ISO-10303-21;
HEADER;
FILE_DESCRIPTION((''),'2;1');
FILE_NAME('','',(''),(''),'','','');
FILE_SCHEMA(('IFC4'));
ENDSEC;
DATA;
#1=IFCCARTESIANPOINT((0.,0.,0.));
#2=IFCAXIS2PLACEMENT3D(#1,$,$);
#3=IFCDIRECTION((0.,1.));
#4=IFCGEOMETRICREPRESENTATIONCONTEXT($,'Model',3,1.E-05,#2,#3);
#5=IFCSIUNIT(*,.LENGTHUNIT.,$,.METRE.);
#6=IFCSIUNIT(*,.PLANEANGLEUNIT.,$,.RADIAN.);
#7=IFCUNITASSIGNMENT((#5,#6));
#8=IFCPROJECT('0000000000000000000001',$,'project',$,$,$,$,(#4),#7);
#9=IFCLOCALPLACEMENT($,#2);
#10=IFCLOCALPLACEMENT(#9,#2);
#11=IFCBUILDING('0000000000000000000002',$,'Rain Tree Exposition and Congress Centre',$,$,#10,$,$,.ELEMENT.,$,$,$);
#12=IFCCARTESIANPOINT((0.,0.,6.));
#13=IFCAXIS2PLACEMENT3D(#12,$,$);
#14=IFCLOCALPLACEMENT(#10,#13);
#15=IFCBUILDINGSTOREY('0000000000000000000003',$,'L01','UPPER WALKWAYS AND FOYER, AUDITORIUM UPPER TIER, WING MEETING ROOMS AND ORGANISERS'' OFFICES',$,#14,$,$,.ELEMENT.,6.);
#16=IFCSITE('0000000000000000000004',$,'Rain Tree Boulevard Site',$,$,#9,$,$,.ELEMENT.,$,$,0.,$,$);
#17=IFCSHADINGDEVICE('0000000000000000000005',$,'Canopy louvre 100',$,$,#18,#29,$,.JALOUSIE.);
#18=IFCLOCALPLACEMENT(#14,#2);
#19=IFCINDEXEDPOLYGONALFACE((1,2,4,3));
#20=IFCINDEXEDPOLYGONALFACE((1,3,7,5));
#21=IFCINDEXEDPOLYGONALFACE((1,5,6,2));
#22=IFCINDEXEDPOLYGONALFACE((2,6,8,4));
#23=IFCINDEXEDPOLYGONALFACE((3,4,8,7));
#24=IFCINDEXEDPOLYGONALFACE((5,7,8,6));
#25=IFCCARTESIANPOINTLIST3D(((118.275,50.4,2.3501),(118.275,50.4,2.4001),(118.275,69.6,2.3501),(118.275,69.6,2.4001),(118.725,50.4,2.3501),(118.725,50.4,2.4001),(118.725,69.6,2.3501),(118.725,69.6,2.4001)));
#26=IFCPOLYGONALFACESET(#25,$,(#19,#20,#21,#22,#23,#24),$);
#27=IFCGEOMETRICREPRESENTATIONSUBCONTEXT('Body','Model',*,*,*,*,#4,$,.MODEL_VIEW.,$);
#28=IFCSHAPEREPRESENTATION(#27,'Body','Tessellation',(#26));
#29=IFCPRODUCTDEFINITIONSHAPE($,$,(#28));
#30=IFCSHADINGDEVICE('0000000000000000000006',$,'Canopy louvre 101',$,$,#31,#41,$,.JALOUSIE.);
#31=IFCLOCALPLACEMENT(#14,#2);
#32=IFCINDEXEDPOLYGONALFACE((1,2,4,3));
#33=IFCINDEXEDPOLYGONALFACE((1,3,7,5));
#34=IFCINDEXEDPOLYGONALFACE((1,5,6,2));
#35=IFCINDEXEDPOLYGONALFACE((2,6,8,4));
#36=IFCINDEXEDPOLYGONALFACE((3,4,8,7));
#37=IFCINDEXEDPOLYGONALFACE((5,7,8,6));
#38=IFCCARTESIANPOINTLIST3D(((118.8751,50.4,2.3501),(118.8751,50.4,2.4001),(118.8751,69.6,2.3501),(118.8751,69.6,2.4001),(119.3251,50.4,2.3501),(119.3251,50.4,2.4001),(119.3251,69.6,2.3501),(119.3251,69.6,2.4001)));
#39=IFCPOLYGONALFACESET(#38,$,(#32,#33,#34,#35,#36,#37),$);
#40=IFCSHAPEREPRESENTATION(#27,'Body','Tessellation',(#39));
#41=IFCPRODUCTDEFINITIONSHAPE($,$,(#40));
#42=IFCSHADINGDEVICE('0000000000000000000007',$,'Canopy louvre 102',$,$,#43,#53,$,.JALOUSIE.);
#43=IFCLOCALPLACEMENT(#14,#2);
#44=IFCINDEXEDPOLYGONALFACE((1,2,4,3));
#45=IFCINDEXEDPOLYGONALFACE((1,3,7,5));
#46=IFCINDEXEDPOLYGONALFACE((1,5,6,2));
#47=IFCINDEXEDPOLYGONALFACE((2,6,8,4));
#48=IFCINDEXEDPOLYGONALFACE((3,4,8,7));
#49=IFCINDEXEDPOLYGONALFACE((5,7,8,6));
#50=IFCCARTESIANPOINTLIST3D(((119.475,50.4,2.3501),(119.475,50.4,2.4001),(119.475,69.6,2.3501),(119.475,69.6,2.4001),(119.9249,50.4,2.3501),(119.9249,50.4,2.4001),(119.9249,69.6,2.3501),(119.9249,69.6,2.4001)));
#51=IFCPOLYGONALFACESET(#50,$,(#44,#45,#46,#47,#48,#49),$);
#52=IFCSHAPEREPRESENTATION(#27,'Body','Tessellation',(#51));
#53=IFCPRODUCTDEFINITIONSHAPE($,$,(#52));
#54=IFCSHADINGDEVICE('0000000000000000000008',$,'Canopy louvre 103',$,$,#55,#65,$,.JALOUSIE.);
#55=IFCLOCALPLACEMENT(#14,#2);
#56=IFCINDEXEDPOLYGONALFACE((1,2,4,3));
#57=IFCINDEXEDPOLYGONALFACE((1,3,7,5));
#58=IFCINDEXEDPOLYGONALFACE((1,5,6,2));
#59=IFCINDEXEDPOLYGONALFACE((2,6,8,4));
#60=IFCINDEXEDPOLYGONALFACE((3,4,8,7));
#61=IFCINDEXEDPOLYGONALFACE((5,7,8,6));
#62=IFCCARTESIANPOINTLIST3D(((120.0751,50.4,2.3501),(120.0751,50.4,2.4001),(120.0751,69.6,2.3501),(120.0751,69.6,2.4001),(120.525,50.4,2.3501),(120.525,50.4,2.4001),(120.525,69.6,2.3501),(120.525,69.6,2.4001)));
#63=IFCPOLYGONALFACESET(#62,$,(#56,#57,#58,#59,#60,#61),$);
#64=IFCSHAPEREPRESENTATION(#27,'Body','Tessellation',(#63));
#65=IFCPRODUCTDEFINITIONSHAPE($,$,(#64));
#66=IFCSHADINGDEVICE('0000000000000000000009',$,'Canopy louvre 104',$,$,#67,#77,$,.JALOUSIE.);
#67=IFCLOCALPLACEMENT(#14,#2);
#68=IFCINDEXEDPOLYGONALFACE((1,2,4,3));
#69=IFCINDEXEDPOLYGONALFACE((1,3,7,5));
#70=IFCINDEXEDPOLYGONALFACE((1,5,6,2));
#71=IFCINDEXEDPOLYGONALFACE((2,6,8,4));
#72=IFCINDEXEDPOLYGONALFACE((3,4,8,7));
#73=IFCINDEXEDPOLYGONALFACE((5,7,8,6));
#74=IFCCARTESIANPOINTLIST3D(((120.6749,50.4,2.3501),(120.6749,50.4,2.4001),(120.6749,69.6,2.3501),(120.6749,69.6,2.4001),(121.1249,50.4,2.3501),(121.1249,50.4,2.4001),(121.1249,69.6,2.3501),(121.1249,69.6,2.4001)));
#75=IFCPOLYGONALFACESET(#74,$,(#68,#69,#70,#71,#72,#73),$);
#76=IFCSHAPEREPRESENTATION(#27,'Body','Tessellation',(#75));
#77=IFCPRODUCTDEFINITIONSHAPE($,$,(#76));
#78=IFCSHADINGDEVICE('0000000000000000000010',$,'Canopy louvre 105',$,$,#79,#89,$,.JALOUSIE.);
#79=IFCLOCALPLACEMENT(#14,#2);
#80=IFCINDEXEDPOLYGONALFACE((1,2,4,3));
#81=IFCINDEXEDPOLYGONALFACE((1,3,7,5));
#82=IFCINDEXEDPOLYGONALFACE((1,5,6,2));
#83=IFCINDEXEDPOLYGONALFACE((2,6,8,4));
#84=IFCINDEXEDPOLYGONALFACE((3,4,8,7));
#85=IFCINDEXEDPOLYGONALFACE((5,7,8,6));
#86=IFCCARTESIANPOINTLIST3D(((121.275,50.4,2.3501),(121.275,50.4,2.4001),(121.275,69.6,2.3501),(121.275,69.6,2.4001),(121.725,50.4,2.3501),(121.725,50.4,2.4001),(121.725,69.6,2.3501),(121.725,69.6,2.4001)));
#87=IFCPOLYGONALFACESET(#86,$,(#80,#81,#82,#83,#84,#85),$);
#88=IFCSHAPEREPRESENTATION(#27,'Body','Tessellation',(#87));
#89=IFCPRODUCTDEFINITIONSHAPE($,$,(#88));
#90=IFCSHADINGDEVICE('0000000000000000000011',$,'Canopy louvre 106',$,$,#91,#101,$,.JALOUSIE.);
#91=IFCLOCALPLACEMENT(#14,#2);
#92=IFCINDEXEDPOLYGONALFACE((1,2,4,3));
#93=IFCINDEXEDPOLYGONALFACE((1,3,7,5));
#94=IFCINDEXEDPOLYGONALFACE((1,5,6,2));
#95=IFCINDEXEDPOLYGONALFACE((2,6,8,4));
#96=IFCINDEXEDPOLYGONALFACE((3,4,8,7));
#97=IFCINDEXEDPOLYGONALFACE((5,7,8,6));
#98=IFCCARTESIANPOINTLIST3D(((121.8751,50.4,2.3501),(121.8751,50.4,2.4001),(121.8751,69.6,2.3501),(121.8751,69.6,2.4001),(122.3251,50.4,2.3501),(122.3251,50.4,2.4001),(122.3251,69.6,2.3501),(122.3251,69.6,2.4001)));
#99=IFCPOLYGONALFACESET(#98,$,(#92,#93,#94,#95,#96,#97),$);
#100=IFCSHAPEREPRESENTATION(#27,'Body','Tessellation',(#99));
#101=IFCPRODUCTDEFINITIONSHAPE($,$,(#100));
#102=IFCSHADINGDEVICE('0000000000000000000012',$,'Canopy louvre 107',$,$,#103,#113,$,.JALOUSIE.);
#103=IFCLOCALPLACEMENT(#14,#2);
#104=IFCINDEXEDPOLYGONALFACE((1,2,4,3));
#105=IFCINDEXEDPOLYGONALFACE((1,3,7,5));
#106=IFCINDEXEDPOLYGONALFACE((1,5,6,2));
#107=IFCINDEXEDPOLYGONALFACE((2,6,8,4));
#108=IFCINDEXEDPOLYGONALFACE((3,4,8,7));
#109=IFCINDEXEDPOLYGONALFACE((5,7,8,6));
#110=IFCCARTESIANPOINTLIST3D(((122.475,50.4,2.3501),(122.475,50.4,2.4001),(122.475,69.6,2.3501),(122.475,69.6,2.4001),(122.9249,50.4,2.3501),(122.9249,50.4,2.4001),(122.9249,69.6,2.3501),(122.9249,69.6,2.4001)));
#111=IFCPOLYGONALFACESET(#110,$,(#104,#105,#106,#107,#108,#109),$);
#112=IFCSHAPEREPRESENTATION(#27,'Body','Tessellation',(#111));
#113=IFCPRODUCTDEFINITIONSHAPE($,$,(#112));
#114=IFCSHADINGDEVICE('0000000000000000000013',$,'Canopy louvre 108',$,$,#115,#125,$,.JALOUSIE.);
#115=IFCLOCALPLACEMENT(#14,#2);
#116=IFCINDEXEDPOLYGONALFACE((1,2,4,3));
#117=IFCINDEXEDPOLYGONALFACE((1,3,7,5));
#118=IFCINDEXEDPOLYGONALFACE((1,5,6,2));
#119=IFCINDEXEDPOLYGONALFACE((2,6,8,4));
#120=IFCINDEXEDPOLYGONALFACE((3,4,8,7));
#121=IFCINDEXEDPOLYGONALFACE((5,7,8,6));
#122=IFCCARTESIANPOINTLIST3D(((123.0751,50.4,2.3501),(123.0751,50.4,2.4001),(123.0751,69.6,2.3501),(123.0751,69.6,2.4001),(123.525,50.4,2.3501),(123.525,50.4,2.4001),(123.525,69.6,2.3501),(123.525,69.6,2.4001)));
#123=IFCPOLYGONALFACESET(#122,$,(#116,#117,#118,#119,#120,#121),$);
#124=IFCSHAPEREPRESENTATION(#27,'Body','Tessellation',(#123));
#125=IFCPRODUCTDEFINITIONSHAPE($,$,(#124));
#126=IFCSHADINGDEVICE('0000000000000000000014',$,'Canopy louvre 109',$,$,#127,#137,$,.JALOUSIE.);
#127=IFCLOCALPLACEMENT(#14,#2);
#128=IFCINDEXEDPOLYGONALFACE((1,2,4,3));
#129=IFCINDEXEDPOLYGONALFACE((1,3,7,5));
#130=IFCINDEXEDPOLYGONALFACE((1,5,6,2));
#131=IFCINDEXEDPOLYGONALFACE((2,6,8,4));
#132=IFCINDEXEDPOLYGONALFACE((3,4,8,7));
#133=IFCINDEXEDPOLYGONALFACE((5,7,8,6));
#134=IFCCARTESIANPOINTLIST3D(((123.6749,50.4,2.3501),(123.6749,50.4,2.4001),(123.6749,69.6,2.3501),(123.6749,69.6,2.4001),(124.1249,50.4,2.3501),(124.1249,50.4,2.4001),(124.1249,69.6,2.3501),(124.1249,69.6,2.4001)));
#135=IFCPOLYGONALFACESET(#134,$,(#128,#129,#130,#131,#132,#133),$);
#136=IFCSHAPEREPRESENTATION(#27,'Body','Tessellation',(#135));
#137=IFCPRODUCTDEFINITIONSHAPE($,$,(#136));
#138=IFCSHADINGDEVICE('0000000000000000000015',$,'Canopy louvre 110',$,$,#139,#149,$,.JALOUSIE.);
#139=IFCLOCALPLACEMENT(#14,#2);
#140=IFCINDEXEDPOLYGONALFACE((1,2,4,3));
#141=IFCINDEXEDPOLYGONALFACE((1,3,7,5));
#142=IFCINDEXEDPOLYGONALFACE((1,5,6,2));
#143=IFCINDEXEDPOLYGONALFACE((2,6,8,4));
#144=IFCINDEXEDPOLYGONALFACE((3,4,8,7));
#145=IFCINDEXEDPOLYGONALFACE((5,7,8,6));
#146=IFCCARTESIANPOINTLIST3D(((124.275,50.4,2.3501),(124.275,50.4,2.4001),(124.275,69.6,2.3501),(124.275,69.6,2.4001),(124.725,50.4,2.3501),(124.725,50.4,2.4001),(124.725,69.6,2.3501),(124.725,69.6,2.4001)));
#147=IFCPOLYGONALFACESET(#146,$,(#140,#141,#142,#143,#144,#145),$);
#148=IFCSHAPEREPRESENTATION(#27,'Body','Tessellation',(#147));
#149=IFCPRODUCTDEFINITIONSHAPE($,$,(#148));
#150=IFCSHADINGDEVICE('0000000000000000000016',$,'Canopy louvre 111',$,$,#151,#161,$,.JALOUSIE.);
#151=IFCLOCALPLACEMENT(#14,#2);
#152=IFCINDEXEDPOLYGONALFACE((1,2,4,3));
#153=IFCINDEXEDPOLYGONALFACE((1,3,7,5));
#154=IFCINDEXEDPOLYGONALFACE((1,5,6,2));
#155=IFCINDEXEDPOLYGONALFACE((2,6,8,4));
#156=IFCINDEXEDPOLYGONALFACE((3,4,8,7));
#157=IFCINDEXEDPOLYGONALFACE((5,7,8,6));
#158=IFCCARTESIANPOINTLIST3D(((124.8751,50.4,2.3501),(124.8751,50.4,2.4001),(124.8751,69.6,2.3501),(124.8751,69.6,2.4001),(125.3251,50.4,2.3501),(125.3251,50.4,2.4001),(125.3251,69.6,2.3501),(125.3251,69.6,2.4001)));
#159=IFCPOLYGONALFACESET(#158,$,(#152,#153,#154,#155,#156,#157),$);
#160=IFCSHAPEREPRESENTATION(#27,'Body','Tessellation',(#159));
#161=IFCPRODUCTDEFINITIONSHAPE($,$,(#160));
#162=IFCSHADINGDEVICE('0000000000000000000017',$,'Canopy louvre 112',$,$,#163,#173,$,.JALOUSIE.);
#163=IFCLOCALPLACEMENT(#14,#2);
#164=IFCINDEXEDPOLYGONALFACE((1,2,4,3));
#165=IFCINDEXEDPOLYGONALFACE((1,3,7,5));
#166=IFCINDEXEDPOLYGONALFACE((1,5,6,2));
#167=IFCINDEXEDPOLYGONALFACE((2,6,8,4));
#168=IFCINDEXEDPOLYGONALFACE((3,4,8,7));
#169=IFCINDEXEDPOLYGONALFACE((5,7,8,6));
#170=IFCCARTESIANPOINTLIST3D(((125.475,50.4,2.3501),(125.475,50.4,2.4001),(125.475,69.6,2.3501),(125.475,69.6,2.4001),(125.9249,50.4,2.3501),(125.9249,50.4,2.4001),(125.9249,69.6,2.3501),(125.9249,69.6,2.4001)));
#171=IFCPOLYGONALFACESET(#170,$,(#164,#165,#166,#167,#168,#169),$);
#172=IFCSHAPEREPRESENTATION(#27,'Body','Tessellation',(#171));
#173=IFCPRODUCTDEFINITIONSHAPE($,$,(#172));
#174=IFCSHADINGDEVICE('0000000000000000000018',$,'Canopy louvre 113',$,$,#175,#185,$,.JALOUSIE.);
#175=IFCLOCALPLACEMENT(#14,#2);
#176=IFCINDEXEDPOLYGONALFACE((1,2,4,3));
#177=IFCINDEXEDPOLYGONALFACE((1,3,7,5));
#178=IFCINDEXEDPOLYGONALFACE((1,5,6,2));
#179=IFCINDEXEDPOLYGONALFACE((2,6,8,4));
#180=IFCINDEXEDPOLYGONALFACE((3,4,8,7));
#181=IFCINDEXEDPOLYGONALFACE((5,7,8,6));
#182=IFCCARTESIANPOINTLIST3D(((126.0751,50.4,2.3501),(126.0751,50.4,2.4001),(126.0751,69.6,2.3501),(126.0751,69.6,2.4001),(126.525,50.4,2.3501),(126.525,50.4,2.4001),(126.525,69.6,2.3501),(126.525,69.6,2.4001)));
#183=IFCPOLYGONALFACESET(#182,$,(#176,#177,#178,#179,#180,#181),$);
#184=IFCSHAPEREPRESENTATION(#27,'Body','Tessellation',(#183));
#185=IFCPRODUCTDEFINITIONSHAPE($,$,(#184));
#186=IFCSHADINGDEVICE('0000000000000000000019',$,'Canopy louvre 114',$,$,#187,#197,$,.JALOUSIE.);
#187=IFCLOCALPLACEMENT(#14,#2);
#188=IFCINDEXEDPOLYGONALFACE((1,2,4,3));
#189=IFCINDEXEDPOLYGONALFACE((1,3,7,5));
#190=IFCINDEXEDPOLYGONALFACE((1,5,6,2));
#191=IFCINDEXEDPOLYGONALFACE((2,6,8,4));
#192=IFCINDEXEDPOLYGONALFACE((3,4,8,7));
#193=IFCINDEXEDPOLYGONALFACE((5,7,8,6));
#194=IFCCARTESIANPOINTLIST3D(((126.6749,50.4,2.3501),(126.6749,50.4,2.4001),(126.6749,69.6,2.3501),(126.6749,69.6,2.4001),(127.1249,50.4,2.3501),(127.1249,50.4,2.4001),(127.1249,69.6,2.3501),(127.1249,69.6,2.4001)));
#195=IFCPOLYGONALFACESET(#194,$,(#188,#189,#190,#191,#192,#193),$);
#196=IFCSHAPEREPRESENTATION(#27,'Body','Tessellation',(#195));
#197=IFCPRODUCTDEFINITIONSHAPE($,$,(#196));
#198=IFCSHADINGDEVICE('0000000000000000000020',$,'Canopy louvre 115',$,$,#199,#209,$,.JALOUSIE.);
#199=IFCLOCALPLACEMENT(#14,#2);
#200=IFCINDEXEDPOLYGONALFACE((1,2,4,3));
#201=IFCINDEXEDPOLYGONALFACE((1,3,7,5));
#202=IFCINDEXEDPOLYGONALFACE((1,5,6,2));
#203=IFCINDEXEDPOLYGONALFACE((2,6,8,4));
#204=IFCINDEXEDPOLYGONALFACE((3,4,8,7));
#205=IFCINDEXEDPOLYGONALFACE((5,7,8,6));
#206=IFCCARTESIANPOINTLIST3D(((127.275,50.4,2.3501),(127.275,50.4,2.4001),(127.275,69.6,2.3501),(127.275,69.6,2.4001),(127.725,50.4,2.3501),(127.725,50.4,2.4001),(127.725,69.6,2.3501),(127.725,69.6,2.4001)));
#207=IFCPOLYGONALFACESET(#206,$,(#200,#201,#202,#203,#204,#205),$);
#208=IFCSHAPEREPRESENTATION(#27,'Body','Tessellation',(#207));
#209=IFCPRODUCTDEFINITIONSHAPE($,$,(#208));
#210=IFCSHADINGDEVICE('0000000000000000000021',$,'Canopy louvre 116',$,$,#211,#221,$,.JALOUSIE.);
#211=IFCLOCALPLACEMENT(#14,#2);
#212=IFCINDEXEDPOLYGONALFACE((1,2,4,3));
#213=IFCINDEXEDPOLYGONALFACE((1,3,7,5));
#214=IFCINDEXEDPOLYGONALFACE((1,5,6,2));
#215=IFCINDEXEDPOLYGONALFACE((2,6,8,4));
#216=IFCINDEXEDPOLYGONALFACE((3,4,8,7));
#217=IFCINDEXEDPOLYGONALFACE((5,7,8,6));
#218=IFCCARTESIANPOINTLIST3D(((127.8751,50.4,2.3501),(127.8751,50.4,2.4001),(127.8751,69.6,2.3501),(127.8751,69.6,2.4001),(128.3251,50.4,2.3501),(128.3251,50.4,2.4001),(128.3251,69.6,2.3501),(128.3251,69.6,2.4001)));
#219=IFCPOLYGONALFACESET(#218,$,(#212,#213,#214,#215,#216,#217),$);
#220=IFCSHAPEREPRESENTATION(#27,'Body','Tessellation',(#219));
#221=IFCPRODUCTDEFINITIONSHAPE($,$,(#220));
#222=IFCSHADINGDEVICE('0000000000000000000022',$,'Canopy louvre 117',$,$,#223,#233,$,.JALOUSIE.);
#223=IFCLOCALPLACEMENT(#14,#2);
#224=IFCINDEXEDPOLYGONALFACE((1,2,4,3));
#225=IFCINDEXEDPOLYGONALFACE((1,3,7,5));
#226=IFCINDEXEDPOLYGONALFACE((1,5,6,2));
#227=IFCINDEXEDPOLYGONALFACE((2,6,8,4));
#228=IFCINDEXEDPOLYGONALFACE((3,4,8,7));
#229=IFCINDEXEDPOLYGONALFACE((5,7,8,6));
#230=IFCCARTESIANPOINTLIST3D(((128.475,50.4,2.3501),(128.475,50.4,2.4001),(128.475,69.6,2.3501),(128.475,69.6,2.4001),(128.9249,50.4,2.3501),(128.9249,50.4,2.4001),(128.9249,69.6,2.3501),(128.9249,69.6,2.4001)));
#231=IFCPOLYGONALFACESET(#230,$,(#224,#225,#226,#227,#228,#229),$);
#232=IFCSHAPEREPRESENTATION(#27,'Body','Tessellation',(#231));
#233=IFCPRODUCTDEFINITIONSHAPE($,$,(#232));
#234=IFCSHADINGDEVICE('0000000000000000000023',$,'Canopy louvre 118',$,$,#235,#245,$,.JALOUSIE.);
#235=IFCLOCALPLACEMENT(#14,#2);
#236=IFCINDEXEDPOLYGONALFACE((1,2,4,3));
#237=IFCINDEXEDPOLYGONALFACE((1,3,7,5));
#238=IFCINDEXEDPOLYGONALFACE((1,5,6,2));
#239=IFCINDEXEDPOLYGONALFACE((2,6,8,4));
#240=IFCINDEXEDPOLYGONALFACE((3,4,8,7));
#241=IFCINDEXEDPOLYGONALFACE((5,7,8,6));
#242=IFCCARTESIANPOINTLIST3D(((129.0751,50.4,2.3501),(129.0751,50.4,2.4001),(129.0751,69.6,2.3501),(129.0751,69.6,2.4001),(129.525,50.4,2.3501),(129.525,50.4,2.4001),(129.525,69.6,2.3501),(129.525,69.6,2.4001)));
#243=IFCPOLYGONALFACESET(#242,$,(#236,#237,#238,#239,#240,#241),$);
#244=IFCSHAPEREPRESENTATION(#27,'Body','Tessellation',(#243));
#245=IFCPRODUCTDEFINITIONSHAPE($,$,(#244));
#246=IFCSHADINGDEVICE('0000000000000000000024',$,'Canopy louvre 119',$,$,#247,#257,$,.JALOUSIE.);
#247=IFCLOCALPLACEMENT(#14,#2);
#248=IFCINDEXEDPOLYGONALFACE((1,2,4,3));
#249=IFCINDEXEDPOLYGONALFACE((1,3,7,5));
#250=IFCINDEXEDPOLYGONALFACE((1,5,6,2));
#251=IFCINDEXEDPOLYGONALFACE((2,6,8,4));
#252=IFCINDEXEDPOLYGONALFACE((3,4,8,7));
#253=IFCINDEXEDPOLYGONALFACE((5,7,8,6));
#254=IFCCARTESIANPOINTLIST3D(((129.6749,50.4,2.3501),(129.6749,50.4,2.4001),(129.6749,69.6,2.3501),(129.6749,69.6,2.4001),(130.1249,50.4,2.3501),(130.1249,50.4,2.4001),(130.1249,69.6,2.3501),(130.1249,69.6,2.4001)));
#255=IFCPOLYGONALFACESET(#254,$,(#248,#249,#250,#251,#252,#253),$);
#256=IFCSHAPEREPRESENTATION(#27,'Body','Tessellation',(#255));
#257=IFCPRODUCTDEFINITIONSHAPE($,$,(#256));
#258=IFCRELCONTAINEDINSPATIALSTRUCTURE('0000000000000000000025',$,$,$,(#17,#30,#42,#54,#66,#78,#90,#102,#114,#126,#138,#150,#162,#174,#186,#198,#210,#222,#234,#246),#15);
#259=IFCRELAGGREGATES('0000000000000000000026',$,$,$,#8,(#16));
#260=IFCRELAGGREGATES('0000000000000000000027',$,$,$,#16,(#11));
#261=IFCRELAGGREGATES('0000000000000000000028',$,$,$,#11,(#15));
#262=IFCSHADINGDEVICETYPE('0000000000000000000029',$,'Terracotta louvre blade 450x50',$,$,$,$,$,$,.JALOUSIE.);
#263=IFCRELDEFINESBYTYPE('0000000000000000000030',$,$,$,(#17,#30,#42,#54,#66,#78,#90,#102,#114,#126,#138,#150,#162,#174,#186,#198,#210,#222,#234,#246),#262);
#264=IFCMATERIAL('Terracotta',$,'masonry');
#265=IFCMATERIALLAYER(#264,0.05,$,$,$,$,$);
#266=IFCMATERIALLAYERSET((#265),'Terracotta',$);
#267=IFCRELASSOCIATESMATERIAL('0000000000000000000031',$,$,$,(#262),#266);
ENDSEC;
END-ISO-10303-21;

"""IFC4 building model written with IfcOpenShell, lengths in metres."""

from ifc_helpers import new_model, si_unit, direction, frame, origin, origin_2d, place, context, subcontext, project, spatial, rectangle, extrude, material, layer, layer_set, type_object, element, save


model = new_model("IFC4")

# Units and contexts
model_context = context("Model", 3, precision=1e-05, world=origin(), true_north=direction((0.0, 1.0)))
body_context = subcontext(model_context, "Body", "Model", "MODEL_VIEW")
ifc_project = project(units=[si_unit("LENGTHUNIT", "METRE"), si_unit("PLANEANGLEUNIT", "RADIAN")], contexts=[model_context])

# Site, building, storey
site_placement = place(None, origin())
site = spatial("IfcSite", under=ifc_project, at=site_placement, Name="Rain Tree Boulevard Site", CompositionType="ELEMENT", RefElevation=0.0)
building_placement = place(site_placement, origin())
building = spatial("IfcBuilding", under=site, at=building_placement, Name="Rain Tree Exposition and Congress Centre", CompositionType="ELEMENT")
storey_placement = place(building_placement, frame((0.0, 0.0, 6.0)))
storey = spatial("IfcBuildingStorey", under=building, at=storey_placement, Name="L01", Description="UPPER WALKWAYS AND FOYER, AUDITORIUM UPPER TIER, WING MEETING ROOMS AND ORGANISERS' OFFICES", CompositionType="ELEMENT", Elevation=6.0)

# Shading devices
ifc_material_1 = material(Name="Terracotta", Category="masonry")
ifc_layer = layer(ifc_material_1, 0.05)
ifc_layer_set = layer_set([ifc_layer], Name="Terracotta")
shading_device_type = type_object("IfcShadingDeviceType", Name="Terracotta louvre blade 450x50", PredefinedType="JALOUSIE", material=ifc_layer_set)
for number, where, z_axis, x_axis, name in (
    (1, (118.5, 60.0, 2.3501), (0.0, 0.0, 1.0), (1.0, 0.0, 0.0), "Canopy louvre 100"),
    (2, (119.1001, 60.0, 2.3501), (0.0, 0.0, 1.0), (1.0, 0.0, 0.0), "Canopy louvre 101"),
    (3, (119.7, 60.0, 2.3501), (0.0, 0.0, 1.0), (1.0, 0.0, 0.0), "Canopy louvre 102"),
    (4, (120.3, 60.0, 2.3501), (0.0, 0.0, 1.0), (1.0, 0.0, 0.0), "Canopy louvre 103"),
    (5, (120.8999, 60.0, 2.3501), (0.0, 0.0, 1.0), (1.0, 0.0, 0.0), "Canopy louvre 104"),
    (6, (121.5, 60.0, 2.3501), (0.0, 0.0, 1.0), (1.0, 0.0, 0.0), "Canopy louvre 105"),
    (7, (122.1001, 60.0, 2.3501), (0.0, 0.0, 1.0), (1.0, 0.0, 0.0), "Canopy louvre 106"),
    (8, (122.7, 60.0, 2.3501), (0.0, 0.0, 1.0), (1.0, 0.0, 0.0), "Canopy louvre 107"),
    (9, (123.3, 60.0, 2.3501), (0.0, 0.0, 1.0), (1.0, 0.0, 0.0), "Canopy louvre 108"),
    (10, (123.8999, 60.0, 2.3501), (0.0, 0.0, 1.0), (1.0, 0.0, 0.0), "Canopy louvre 109"),
    (11, (124.5, 60.0, 2.3501), (0.0, 0.0, 1.0), (1.0, 0.0, 0.0), "Canopy louvre 110"),
    (12, (125.1001, 60.0, 2.3501), (0.0, 0.0, 1.0), (1.0, 0.0, 0.0), "Canopy louvre 111"),
    (13, (125.7, 60.0, 2.3501), (0.0, 0.0, 1.0), (1.0, 0.0, 0.0), "Canopy louvre 112"),
    (14, (126.3, 60.0, 2.3501), (0.0, 0.0, 1.0), (1.0, 0.0, 0.0), "Canopy louvre 113"),
    (15, (126.8999, 60.0, 2.3501), (0.0, 0.0, 1.0), (1.0, 0.0, 0.0), "Canopy louvre 114"),
    (16, (127.5, 60.0, 2.3501), (0.0, 0.0, 1.0), (1.0, 0.0, 0.0), "Canopy louvre 115"),
    (17, (128.1001, 60.0, 2.3501), (0.0, 0.0, 1.0), (1.0, 0.0, 0.0), "Canopy louvre 116"),
    (18, (128.7, 60.0, 2.3501), (0.0, 0.0, 1.0), (1.0, 0.0, 0.0), "Canopy louvre 117"),
    (19, (129.3, 60.0, 2.3501), (0.0, 0.0, 1.0), (1.0, 0.0, 0.0), "Canopy louvre 118"),
    (20, (129.8999, 60.0, 2.3501), (0.0, 0.0, 1.0), (1.0, 0.0, 0.0), "Canopy louvre 119"),
):
    element("IfcShadingDevice", number, at=place(storey_placement, frame(where, z_axis=z_axis, x_axis=x_axis)), inside=storey, type_object=shading_device_type, Name=name, PredefinedType="JALOUSIE", context=body_context, shape_type="SweptSolid", body=[
        extrude(rectangle(XDim=0.45, YDim=19.2, at=origin_2d()), origin(), (0.0, 0.0, 1.0), 0.05),
    ])

save(model, "model.ifc")
